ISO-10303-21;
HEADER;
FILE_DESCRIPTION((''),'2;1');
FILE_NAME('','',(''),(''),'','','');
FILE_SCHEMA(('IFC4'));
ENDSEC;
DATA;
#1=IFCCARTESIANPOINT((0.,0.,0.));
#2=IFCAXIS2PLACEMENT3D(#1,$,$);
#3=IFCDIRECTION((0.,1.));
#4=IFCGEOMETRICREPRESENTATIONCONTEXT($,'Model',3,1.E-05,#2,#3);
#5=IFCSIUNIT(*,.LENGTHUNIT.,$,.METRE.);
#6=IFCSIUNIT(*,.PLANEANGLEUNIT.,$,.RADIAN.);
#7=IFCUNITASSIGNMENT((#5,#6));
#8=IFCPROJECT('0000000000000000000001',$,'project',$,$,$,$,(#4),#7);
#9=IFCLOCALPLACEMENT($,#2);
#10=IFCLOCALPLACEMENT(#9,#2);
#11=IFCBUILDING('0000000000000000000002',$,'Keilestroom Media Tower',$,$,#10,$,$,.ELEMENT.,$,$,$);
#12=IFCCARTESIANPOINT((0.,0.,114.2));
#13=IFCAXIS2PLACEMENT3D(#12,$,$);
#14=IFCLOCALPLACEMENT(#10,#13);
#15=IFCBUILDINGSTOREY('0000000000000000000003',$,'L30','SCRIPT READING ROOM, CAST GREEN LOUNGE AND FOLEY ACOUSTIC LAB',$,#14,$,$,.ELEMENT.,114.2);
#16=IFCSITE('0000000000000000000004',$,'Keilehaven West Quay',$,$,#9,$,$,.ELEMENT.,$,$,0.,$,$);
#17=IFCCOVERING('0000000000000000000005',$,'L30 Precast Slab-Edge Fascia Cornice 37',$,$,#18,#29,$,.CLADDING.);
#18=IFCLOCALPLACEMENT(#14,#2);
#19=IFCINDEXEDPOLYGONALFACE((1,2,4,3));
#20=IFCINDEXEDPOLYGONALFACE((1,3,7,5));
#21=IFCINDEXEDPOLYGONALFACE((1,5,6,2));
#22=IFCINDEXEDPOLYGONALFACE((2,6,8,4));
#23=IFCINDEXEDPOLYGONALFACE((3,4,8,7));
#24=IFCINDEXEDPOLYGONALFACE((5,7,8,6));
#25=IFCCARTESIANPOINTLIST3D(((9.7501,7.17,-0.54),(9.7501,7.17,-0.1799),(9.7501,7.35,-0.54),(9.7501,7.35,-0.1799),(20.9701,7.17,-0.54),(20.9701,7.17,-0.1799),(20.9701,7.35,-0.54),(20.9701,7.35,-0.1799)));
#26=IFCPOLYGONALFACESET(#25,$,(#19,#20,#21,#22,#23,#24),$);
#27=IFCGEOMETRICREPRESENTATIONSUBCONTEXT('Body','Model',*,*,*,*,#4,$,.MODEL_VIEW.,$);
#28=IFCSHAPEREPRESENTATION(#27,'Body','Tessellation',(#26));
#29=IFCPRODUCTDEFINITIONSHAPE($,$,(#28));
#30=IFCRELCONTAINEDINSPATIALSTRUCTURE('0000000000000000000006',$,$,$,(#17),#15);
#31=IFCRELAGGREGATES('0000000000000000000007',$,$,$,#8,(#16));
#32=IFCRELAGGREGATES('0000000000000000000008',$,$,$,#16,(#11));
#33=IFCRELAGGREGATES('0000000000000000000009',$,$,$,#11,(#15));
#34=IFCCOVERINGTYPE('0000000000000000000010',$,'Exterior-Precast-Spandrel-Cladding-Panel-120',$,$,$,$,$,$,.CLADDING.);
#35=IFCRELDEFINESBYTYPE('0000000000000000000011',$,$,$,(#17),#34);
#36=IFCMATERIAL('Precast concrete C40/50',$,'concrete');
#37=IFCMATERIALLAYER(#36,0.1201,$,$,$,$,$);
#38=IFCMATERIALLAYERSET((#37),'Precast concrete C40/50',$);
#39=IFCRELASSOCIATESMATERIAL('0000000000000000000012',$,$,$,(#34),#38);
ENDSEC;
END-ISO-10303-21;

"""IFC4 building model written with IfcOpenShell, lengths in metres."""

from ifc_helpers import new_model, si_unit, direction, frame, origin, origin_2d, place, context, subcontext, project, spatial, rectangle, extrude, source, transform, mapped, material, layer, layer_set, type_object, element, save


model = new_model("IFC4")

# Units and contexts
model_context = context("Model", 3, precision=1e-05, world=origin(), true_north=direction((0.0, 1.0)))
body_context = subcontext(model_context, "Body", "Model", "MODEL_VIEW")
ifc_project = project(units=[si_unit("LENGTHUNIT", "METRE"), si_unit("PLANEANGLEUNIT", "RADIAN")], contexts=[model_context])

# Site, building, storey
site_placement = place(None, origin())
site = spatial("IfcSite", under=ifc_project, at=site_placement, Name="Keilehaven West Quay", CompositionType="ELEMENT", RefElevation=0.0)
building_placement = place(site_placement, origin())
building = spatial("IfcBuilding", under=site, at=building_placement, Name="Keilestroom Media Tower", CompositionType="ELEMENT")
storey_placement = place(building_placement, frame((0.0, 0.0, 114.2)))
storey = spatial("IfcBuildingStorey", under=building, at=storey_placement, Name="L30", Description="SCRIPT READING ROOM, CAST GREEN LOUNGE AND FOLEY ACOUSTIC LAB", CompositionType="ELEMENT", Elevation=114.2)

# Shared definitions
ifc_material_1 = material(Name="Precast concrete C40/50", Category="concrete")

# Covering
ifc_layer_1 = layer(ifc_material_1, 0.1201)
ifc_layer_set_1 = layer_set([ifc_layer_1], Name="Precast concrete C40/50")
covering_type = type_object("IfcCoveringType", Name="Exterior-Precast-Spandrel-Cladding-Panel-120", PredefinedType="CLADDING", material=ifc_layer_set_1)
shared_shape_1 = source(origin(), body_context, "Body", "SweptSolid", [
    extrude(rectangle(XDim=11.22, YDim=0.1799, at=origin_2d()), origin(), (0.0, 0.0, 1.0), 0.3601),
])
covering_1_placement = place(storey_placement, frame((15.3601, 7.26, -0.54), z_axis=(0.0, 0.0, 1.0), x_axis=(1.0, 0.0, 0.0)))
element("IfcCovering", 1, at=covering_1_placement, inside=storey, type_object=covering_type, Name="L30 Precast Slab-Edge Fascia Cornice 37", PredefinedType="CLADDING", context=body_context, shape_type="MappedRepresentation", body=[
    mapped(shared_shape_1, transform((0.0, 0.0, 0.0), x_axis=(1.0, 0.0, 0.0), y_axis=(0.0, 1.0, 0.0), z_axis=(0.0, 0.0, 1.0), scale=1.0)),
])

save(model, "model.ifc")
